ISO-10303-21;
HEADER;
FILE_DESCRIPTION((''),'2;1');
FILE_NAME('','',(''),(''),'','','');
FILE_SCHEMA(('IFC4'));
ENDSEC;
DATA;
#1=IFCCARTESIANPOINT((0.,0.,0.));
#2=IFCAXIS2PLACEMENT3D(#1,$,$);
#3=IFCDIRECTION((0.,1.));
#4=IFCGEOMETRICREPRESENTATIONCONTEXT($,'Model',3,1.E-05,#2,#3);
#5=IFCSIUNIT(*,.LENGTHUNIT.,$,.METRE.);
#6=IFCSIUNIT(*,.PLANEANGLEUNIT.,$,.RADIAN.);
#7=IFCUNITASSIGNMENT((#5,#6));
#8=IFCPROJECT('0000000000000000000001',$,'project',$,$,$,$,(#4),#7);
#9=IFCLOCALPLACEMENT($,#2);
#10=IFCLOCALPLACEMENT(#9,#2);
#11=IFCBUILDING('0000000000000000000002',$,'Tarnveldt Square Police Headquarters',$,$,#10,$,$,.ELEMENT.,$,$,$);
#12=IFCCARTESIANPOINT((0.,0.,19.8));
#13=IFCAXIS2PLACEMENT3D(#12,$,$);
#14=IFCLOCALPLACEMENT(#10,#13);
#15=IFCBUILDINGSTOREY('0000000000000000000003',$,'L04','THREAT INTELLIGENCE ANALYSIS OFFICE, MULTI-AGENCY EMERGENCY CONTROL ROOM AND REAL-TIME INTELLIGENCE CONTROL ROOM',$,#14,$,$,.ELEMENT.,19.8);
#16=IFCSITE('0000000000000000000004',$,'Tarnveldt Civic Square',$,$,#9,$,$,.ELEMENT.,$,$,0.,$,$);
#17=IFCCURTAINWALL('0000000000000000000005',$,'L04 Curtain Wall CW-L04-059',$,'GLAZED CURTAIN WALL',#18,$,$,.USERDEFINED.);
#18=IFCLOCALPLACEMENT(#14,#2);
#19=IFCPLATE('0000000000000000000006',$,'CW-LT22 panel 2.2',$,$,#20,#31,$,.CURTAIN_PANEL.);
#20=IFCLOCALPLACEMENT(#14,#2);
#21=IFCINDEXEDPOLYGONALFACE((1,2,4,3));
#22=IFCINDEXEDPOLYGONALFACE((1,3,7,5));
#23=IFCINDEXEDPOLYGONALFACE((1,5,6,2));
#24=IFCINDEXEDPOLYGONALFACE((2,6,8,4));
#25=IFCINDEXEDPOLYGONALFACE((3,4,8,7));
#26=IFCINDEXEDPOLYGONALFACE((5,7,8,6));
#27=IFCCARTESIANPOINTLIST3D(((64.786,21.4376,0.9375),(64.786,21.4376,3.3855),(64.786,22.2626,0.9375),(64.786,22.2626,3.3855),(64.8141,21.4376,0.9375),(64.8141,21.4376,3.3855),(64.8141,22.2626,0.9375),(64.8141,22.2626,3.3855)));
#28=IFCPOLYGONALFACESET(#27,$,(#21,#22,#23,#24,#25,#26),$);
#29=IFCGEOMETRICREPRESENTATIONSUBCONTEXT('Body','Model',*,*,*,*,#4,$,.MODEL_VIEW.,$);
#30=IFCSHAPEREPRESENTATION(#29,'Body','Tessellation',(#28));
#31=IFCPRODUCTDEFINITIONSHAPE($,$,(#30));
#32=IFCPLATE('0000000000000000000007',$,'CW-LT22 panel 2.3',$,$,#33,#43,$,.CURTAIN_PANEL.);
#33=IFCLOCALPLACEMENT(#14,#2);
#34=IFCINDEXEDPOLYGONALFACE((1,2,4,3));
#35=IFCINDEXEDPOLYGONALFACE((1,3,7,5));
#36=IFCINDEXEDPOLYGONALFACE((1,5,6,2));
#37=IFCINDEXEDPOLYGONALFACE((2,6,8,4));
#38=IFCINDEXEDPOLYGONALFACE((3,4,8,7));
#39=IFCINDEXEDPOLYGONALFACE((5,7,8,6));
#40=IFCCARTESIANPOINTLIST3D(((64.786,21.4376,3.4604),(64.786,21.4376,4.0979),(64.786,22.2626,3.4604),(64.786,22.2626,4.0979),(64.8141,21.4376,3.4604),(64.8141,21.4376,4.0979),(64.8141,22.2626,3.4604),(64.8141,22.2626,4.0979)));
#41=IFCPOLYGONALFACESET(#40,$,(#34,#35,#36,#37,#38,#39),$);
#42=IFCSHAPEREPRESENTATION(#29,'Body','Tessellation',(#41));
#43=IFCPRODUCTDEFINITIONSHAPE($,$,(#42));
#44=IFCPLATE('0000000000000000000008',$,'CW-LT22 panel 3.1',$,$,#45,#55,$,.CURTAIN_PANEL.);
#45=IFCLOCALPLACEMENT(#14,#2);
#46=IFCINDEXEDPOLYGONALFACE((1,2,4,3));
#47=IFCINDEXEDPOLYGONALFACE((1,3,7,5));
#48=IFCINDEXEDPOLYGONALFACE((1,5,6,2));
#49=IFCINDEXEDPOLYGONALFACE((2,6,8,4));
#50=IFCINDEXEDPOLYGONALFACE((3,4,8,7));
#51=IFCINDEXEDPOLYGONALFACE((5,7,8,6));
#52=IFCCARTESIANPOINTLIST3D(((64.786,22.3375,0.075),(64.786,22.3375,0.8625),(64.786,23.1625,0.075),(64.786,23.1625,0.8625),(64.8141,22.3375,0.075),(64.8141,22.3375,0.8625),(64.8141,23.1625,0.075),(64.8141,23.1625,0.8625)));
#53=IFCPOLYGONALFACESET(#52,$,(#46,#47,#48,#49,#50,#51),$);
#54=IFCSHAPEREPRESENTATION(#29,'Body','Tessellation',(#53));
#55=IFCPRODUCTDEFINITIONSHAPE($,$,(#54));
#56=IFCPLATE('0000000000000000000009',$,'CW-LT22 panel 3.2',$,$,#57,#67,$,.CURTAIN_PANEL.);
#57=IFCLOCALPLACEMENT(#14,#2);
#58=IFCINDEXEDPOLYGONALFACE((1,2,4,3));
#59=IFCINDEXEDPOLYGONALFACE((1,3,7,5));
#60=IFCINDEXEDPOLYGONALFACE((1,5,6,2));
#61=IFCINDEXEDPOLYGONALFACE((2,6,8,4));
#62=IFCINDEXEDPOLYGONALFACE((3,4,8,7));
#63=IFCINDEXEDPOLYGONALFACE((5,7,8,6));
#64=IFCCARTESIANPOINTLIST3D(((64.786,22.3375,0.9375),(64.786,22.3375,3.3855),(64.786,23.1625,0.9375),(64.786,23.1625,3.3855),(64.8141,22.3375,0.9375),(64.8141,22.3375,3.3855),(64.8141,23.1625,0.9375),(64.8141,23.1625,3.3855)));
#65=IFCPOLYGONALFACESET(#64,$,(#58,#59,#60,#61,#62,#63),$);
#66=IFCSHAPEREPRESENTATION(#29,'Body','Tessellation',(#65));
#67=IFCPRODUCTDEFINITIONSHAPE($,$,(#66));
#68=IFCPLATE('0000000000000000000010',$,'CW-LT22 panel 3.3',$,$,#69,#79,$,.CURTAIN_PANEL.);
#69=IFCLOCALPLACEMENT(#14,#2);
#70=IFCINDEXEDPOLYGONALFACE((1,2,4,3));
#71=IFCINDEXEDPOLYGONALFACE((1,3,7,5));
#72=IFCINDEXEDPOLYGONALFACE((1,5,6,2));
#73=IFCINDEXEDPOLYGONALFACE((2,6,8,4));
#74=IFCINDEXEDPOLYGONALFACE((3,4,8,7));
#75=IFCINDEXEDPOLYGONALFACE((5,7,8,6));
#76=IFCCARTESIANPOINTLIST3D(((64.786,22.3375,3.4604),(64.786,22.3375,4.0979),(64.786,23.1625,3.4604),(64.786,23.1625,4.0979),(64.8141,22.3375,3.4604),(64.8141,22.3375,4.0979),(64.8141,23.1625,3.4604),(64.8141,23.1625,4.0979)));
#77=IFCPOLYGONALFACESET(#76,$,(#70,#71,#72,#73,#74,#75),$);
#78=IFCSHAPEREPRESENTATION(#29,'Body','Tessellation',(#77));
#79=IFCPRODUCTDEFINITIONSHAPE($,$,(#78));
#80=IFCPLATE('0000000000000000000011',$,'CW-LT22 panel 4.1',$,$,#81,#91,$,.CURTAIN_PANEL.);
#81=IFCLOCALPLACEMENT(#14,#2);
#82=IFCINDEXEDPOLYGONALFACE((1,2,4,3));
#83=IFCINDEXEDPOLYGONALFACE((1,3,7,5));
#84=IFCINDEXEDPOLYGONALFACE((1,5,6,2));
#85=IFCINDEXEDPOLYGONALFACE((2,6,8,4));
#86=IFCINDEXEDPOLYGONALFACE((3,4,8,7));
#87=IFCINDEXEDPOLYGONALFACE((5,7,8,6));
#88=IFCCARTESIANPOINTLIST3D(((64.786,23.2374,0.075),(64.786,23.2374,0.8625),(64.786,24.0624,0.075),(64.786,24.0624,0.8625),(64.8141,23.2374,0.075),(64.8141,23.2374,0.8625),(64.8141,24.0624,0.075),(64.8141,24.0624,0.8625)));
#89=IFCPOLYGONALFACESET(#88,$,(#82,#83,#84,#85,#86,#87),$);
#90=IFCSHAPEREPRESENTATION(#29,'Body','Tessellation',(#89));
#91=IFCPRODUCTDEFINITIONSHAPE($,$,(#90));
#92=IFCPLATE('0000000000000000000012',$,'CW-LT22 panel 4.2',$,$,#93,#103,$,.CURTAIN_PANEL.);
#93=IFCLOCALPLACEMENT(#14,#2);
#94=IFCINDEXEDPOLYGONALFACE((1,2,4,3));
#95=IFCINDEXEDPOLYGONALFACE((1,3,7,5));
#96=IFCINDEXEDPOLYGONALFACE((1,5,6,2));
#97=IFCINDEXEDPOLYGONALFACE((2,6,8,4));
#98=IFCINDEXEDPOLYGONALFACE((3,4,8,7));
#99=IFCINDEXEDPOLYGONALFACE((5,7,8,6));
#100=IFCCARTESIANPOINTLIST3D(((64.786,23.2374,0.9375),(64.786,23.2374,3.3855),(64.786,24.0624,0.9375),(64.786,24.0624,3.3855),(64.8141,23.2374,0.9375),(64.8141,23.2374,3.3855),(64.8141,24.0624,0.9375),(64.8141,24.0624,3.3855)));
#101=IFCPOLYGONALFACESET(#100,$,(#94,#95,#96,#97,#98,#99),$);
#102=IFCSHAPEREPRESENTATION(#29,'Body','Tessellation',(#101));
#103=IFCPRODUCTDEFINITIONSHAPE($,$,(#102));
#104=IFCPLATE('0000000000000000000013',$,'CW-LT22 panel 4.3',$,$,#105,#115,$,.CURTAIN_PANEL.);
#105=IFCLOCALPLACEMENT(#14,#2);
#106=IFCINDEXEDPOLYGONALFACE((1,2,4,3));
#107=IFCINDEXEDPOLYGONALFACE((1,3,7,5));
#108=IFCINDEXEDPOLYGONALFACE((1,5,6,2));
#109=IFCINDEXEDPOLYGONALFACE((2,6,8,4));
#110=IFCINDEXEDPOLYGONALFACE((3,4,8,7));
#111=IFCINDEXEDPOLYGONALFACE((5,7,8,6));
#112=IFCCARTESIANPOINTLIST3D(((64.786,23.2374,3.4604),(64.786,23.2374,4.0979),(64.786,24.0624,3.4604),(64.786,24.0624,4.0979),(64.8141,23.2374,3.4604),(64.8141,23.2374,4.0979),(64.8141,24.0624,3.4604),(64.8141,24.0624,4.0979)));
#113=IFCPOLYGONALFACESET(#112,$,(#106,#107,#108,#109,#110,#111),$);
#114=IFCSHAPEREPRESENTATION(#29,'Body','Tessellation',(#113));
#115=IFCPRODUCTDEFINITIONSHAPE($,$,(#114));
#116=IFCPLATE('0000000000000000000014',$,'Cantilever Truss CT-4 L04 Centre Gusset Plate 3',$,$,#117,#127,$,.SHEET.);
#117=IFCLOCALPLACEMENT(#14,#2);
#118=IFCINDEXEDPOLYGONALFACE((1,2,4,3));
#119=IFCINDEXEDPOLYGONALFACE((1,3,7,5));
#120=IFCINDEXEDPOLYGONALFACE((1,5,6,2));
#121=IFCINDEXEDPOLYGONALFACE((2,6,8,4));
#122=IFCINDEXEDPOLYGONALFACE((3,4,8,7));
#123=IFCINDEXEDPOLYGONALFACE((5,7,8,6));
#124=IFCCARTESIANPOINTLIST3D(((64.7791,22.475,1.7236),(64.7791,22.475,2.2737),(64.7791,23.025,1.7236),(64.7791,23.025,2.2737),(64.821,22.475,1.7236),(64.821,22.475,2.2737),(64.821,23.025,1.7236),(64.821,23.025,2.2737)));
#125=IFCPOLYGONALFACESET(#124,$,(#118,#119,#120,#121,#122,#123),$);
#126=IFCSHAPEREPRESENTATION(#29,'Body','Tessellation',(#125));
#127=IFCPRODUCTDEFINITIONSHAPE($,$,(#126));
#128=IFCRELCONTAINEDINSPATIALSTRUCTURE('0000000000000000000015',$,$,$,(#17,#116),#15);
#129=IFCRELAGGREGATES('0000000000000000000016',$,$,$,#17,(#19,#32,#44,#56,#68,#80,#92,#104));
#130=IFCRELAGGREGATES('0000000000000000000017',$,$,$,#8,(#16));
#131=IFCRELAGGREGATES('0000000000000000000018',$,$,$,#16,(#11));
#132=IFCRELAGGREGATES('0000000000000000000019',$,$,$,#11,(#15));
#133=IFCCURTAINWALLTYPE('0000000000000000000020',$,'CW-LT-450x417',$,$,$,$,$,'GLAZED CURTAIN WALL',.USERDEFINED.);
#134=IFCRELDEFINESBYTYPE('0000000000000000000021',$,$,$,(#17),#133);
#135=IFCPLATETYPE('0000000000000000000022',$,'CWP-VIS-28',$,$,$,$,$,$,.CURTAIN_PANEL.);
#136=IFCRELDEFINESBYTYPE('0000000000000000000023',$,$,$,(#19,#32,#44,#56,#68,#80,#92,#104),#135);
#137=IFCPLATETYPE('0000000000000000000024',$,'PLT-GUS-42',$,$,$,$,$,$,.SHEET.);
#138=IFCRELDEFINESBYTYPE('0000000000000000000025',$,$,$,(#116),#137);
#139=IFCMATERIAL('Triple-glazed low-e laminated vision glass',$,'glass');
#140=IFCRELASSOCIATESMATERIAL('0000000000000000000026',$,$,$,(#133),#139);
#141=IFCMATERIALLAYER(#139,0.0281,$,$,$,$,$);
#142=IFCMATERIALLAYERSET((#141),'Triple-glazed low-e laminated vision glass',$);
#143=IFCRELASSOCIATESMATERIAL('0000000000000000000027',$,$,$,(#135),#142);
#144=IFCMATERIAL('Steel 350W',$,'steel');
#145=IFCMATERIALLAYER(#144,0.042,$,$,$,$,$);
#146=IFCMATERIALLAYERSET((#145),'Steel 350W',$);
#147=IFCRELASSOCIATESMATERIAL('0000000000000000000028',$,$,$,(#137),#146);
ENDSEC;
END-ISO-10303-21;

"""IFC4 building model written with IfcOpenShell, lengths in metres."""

from ifc_helpers import new_model, si_unit, direction, frame, origin, origin_2d, place, context, subcontext, project, spatial, rectangle, extrude, material, layer, layer_set, type_object, element, aggregate, save


model = new_model("IFC4")

# Units and contexts
model_context = context("Model", 3, precision=1e-05, world=origin(), true_north=direction((0.0, 1.0)))
body_context = subcontext(model_context, "Body", "Model", "MODEL_VIEW")
ifc_project = project(units=[si_unit("LENGTHUNIT", "METRE"), si_unit("PLANEANGLEUNIT", "RADIAN")], contexts=[model_context])

# Site, building, storey
site_placement = place(None, origin())
site = spatial("IfcSite", under=ifc_project, at=site_placement, Name="Tarnveldt Civic Square", CompositionType="ELEMENT", RefElevation=0.0)
building_placement = place(site_placement, origin())
building = spatial("IfcBuilding", under=site, at=building_placement, Name="Tarnveldt Square Police Headquarters", CompositionType="ELEMENT")
storey_placement = place(building_placement, frame((0.0, 0.0, 19.8)))
storey = spatial("IfcBuildingStorey", under=building, at=storey_placement, Name="L04", Description="THREAT INTELLIGENCE ANALYSIS OFFICE, MULTI-AGENCY EMERGENCY CONTROL ROOM AND REAL-TIME INTELLIGENCE CONTROL ROOM", CompositionType="ELEMENT", Elevation=19.8)

# Shared definitions
ifc_material_1 = material(Name="Steel 350W", Category="steel")

# Curtain wall
ifc_material_2 = material(Name="Triple-glazed low-e laminated vision glass", Category="glass")
curtain_wall_type = type_object("IfcCurtainWallType", Name="CW-LT-450x417", ElementType="GLAZED CURTAIN WALL", PredefinedType="USERDEFINED", material=ifc_material_2)
curtain_wall_placement = place(storey_placement, origin())
curtain_wall = element("IfcCurtainWall", 1, at=curtain_wall_placement, inside=storey, type_object=curtain_wall_type, Name="L04 Curtain Wall CW-L04-059", ObjectType="GLAZED CURTAIN WALL", PredefinedType="USERDEFINED")

# Plates
ifc_layer_1 = layer(ifc_material_2, 0.0281)
ifc_layer_set_1 = layer_set([ifc_layer_1], Name="Triple-glazed low-e laminated vision glass")
plate_type_1 = type_object("IfcPlateType", Name="CWP-VIS-28", PredefinedType="CURTAIN_PANEL", material=ifc_layer_set_1)
plate_1_placement = place(storey_placement, frame((64.8, 21.8501, 0.9375), z_axis=(0.0, 0.0, 1.0), x_axis=(0.0, 1.0, 0.0)))
plate_1 = element("IfcPlate", 2, at=plate_1_placement, type_object=plate_type_1, Name="CW-LT22 panel 2.2", PredefinedType="CURTAIN_PANEL", context=body_context, shape_type="SweptSolid", body=[
    extrude(rectangle(XDim=0.825, YDim=0.0281, at=origin_2d()), origin(), (0.0, 0.0, 1.0), 2.448),
])
plate_2_placement = place(storey_placement, frame((64.8, 21.8501, 3.4604), z_axis=(0.0, 0.0, 1.0), x_axis=(0.0, 1.0, 0.0)))
plate_2 = element("IfcPlate", 3, at=plate_2_placement, type_object=plate_type_1, Name="CW-LT22 panel 2.3", PredefinedType="CURTAIN_PANEL", context=body_context, shape_type="SweptSolid", body=[
    extrude(rectangle(XDim=0.825, YDim=0.0281, at=origin_2d()), origin(), (0.0, 0.0, 1.0), 0.6375),
])
plate_3_placement = place(storey_placement, frame((64.8, 22.75, 0.075), z_axis=(0.0, 0.0, 1.0), x_axis=(0.0, 1.0, 0.0)))
plate_3 = element("IfcPlate", 4, at=plate_3_placement, type_object=plate_type_1, Name="CW-LT22 panel 3.1", PredefinedType="CURTAIN_PANEL", context=body_context, shape_type="SweptSolid", body=[
    extrude(rectangle(XDim=0.825, YDim=0.0281, at=origin_2d()), origin(), (0.0, 0.0, 1.0), 0.7876),
])
plate_4_placement = place(storey_placement, frame((64.8, 22.75, 0.9375), z_axis=(0.0, 0.0, 1.0), x_axis=(0.0, 1.0, 0.0)))
plate_4 = element("IfcPlate", 5, at=plate_4_placement, type_object=plate_type_1, Name="CW-LT22 panel 3.2", PredefinedType="CURTAIN_PANEL", context=body_context, shape_type="SweptSolid", body=[
    extrude(rectangle(XDim=0.825, YDim=0.0281, at=origin_2d()), origin(), (0.0, 0.0, 1.0), 2.448),
])
plate_5_placement = place(storey_placement, frame((64.8, 22.75, 3.4604), z_axis=(0.0, 0.0, 1.0), x_axis=(0.0, 1.0, 0.0)))
plate_5 = element("IfcPlate", 6, at=plate_5_placement, type_object=plate_type_1, Name="CW-LT22 panel 3.3", PredefinedType="CURTAIN_PANEL", context=body_context, shape_type="SweptSolid", body=[
    extrude(rectangle(XDim=0.825, YDim=0.0281, at=origin_2d()), origin(), (0.0, 0.0, 1.0), 0.6375),
])
plate_6_placement = place(storey_placement, frame((64.8, 23.6499, 0.075), z_axis=(0.0, 0.0, 1.0), x_axis=(0.0, 1.0, 0.0)))
plate_6 = element("IfcPlate", 7, at=plate_6_placement, type_object=plate_type_1, Name="CW-LT22 panel 4.1", PredefinedType="CURTAIN_PANEL", context=body_context, shape_type="SweptSolid", body=[
    extrude(rectangle(XDim=0.825, YDim=0.0281, at=origin_2d()), origin(), (0.0, 0.0, 1.0), 0.7876),
])
plate_7_placement = place(storey_placement, frame((64.8, 23.6499, 0.9375), z_axis=(0.0, 0.0, 1.0), x_axis=(0.0, 1.0, 0.0)))
plate_7 = element("IfcPlate", 8, at=plate_7_placement, type_object=plate_type_1, Name="CW-LT22 panel 4.2", PredefinedType="CURTAIN_PANEL", context=body_context, shape_type="SweptSolid", body=[
    extrude(rectangle(XDim=0.825, YDim=0.0281, at=origin_2d()), origin(), (0.0, 0.0, 1.0), 2.448),
])
plate_8_placement = place(storey_placement, frame((64.8, 23.6499, 3.4604), z_axis=(0.0, 0.0, 1.0), x_axis=(0.0, 1.0, 0.0)))
plate_8 = element("IfcPlate", 9, at=plate_8_placement, type_object=plate_type_1, Name="CW-LT22 panel 4.3", PredefinedType="CURTAIN_PANEL", context=body_context, shape_type="SweptSolid", body=[
    extrude(rectangle(XDim=0.825, YDim=0.0281, at=origin_2d()), origin(), (0.0, 0.0, 1.0), 0.6375),
])
aggregate(curtain_wall, [plate_1, plate_2, plate_3, plate_4, plate_5, plate_6, plate_7, plate_8])
ifc_layer_2 = layer(ifc_material_1, 0.042)
ifc_layer_set_2 = layer_set([ifc_layer_2], Name="Steel 350W")
plate_type_2 = type_object("IfcPlateType", Name="PLT-GUS-42", PredefinedType="SHEET", material=ifc_layer_set_2)
plate_9_placement = place(storey_placement, frame((64.8, 22.75, 1.7236), z_axis=(0.0, 0.0, 1.0), x_axis=(1.0, 0.0, 0.0)))
element("IfcPlate", 10, at=plate_9_placement, inside=storey, type_object=plate_type_2, Name="Cantilever Truss CT-4 L04 Centre Gusset Plate 3", PredefinedType="SHEET", context=body_context, shape_type="SweptSolid", body=[
    extrude(rectangle(XDim=0.042, YDim=0.55, at=origin_2d()), origin(), (0.0, 0.0, 1.0), 0.55),
])

save(model, "model.ifc")
